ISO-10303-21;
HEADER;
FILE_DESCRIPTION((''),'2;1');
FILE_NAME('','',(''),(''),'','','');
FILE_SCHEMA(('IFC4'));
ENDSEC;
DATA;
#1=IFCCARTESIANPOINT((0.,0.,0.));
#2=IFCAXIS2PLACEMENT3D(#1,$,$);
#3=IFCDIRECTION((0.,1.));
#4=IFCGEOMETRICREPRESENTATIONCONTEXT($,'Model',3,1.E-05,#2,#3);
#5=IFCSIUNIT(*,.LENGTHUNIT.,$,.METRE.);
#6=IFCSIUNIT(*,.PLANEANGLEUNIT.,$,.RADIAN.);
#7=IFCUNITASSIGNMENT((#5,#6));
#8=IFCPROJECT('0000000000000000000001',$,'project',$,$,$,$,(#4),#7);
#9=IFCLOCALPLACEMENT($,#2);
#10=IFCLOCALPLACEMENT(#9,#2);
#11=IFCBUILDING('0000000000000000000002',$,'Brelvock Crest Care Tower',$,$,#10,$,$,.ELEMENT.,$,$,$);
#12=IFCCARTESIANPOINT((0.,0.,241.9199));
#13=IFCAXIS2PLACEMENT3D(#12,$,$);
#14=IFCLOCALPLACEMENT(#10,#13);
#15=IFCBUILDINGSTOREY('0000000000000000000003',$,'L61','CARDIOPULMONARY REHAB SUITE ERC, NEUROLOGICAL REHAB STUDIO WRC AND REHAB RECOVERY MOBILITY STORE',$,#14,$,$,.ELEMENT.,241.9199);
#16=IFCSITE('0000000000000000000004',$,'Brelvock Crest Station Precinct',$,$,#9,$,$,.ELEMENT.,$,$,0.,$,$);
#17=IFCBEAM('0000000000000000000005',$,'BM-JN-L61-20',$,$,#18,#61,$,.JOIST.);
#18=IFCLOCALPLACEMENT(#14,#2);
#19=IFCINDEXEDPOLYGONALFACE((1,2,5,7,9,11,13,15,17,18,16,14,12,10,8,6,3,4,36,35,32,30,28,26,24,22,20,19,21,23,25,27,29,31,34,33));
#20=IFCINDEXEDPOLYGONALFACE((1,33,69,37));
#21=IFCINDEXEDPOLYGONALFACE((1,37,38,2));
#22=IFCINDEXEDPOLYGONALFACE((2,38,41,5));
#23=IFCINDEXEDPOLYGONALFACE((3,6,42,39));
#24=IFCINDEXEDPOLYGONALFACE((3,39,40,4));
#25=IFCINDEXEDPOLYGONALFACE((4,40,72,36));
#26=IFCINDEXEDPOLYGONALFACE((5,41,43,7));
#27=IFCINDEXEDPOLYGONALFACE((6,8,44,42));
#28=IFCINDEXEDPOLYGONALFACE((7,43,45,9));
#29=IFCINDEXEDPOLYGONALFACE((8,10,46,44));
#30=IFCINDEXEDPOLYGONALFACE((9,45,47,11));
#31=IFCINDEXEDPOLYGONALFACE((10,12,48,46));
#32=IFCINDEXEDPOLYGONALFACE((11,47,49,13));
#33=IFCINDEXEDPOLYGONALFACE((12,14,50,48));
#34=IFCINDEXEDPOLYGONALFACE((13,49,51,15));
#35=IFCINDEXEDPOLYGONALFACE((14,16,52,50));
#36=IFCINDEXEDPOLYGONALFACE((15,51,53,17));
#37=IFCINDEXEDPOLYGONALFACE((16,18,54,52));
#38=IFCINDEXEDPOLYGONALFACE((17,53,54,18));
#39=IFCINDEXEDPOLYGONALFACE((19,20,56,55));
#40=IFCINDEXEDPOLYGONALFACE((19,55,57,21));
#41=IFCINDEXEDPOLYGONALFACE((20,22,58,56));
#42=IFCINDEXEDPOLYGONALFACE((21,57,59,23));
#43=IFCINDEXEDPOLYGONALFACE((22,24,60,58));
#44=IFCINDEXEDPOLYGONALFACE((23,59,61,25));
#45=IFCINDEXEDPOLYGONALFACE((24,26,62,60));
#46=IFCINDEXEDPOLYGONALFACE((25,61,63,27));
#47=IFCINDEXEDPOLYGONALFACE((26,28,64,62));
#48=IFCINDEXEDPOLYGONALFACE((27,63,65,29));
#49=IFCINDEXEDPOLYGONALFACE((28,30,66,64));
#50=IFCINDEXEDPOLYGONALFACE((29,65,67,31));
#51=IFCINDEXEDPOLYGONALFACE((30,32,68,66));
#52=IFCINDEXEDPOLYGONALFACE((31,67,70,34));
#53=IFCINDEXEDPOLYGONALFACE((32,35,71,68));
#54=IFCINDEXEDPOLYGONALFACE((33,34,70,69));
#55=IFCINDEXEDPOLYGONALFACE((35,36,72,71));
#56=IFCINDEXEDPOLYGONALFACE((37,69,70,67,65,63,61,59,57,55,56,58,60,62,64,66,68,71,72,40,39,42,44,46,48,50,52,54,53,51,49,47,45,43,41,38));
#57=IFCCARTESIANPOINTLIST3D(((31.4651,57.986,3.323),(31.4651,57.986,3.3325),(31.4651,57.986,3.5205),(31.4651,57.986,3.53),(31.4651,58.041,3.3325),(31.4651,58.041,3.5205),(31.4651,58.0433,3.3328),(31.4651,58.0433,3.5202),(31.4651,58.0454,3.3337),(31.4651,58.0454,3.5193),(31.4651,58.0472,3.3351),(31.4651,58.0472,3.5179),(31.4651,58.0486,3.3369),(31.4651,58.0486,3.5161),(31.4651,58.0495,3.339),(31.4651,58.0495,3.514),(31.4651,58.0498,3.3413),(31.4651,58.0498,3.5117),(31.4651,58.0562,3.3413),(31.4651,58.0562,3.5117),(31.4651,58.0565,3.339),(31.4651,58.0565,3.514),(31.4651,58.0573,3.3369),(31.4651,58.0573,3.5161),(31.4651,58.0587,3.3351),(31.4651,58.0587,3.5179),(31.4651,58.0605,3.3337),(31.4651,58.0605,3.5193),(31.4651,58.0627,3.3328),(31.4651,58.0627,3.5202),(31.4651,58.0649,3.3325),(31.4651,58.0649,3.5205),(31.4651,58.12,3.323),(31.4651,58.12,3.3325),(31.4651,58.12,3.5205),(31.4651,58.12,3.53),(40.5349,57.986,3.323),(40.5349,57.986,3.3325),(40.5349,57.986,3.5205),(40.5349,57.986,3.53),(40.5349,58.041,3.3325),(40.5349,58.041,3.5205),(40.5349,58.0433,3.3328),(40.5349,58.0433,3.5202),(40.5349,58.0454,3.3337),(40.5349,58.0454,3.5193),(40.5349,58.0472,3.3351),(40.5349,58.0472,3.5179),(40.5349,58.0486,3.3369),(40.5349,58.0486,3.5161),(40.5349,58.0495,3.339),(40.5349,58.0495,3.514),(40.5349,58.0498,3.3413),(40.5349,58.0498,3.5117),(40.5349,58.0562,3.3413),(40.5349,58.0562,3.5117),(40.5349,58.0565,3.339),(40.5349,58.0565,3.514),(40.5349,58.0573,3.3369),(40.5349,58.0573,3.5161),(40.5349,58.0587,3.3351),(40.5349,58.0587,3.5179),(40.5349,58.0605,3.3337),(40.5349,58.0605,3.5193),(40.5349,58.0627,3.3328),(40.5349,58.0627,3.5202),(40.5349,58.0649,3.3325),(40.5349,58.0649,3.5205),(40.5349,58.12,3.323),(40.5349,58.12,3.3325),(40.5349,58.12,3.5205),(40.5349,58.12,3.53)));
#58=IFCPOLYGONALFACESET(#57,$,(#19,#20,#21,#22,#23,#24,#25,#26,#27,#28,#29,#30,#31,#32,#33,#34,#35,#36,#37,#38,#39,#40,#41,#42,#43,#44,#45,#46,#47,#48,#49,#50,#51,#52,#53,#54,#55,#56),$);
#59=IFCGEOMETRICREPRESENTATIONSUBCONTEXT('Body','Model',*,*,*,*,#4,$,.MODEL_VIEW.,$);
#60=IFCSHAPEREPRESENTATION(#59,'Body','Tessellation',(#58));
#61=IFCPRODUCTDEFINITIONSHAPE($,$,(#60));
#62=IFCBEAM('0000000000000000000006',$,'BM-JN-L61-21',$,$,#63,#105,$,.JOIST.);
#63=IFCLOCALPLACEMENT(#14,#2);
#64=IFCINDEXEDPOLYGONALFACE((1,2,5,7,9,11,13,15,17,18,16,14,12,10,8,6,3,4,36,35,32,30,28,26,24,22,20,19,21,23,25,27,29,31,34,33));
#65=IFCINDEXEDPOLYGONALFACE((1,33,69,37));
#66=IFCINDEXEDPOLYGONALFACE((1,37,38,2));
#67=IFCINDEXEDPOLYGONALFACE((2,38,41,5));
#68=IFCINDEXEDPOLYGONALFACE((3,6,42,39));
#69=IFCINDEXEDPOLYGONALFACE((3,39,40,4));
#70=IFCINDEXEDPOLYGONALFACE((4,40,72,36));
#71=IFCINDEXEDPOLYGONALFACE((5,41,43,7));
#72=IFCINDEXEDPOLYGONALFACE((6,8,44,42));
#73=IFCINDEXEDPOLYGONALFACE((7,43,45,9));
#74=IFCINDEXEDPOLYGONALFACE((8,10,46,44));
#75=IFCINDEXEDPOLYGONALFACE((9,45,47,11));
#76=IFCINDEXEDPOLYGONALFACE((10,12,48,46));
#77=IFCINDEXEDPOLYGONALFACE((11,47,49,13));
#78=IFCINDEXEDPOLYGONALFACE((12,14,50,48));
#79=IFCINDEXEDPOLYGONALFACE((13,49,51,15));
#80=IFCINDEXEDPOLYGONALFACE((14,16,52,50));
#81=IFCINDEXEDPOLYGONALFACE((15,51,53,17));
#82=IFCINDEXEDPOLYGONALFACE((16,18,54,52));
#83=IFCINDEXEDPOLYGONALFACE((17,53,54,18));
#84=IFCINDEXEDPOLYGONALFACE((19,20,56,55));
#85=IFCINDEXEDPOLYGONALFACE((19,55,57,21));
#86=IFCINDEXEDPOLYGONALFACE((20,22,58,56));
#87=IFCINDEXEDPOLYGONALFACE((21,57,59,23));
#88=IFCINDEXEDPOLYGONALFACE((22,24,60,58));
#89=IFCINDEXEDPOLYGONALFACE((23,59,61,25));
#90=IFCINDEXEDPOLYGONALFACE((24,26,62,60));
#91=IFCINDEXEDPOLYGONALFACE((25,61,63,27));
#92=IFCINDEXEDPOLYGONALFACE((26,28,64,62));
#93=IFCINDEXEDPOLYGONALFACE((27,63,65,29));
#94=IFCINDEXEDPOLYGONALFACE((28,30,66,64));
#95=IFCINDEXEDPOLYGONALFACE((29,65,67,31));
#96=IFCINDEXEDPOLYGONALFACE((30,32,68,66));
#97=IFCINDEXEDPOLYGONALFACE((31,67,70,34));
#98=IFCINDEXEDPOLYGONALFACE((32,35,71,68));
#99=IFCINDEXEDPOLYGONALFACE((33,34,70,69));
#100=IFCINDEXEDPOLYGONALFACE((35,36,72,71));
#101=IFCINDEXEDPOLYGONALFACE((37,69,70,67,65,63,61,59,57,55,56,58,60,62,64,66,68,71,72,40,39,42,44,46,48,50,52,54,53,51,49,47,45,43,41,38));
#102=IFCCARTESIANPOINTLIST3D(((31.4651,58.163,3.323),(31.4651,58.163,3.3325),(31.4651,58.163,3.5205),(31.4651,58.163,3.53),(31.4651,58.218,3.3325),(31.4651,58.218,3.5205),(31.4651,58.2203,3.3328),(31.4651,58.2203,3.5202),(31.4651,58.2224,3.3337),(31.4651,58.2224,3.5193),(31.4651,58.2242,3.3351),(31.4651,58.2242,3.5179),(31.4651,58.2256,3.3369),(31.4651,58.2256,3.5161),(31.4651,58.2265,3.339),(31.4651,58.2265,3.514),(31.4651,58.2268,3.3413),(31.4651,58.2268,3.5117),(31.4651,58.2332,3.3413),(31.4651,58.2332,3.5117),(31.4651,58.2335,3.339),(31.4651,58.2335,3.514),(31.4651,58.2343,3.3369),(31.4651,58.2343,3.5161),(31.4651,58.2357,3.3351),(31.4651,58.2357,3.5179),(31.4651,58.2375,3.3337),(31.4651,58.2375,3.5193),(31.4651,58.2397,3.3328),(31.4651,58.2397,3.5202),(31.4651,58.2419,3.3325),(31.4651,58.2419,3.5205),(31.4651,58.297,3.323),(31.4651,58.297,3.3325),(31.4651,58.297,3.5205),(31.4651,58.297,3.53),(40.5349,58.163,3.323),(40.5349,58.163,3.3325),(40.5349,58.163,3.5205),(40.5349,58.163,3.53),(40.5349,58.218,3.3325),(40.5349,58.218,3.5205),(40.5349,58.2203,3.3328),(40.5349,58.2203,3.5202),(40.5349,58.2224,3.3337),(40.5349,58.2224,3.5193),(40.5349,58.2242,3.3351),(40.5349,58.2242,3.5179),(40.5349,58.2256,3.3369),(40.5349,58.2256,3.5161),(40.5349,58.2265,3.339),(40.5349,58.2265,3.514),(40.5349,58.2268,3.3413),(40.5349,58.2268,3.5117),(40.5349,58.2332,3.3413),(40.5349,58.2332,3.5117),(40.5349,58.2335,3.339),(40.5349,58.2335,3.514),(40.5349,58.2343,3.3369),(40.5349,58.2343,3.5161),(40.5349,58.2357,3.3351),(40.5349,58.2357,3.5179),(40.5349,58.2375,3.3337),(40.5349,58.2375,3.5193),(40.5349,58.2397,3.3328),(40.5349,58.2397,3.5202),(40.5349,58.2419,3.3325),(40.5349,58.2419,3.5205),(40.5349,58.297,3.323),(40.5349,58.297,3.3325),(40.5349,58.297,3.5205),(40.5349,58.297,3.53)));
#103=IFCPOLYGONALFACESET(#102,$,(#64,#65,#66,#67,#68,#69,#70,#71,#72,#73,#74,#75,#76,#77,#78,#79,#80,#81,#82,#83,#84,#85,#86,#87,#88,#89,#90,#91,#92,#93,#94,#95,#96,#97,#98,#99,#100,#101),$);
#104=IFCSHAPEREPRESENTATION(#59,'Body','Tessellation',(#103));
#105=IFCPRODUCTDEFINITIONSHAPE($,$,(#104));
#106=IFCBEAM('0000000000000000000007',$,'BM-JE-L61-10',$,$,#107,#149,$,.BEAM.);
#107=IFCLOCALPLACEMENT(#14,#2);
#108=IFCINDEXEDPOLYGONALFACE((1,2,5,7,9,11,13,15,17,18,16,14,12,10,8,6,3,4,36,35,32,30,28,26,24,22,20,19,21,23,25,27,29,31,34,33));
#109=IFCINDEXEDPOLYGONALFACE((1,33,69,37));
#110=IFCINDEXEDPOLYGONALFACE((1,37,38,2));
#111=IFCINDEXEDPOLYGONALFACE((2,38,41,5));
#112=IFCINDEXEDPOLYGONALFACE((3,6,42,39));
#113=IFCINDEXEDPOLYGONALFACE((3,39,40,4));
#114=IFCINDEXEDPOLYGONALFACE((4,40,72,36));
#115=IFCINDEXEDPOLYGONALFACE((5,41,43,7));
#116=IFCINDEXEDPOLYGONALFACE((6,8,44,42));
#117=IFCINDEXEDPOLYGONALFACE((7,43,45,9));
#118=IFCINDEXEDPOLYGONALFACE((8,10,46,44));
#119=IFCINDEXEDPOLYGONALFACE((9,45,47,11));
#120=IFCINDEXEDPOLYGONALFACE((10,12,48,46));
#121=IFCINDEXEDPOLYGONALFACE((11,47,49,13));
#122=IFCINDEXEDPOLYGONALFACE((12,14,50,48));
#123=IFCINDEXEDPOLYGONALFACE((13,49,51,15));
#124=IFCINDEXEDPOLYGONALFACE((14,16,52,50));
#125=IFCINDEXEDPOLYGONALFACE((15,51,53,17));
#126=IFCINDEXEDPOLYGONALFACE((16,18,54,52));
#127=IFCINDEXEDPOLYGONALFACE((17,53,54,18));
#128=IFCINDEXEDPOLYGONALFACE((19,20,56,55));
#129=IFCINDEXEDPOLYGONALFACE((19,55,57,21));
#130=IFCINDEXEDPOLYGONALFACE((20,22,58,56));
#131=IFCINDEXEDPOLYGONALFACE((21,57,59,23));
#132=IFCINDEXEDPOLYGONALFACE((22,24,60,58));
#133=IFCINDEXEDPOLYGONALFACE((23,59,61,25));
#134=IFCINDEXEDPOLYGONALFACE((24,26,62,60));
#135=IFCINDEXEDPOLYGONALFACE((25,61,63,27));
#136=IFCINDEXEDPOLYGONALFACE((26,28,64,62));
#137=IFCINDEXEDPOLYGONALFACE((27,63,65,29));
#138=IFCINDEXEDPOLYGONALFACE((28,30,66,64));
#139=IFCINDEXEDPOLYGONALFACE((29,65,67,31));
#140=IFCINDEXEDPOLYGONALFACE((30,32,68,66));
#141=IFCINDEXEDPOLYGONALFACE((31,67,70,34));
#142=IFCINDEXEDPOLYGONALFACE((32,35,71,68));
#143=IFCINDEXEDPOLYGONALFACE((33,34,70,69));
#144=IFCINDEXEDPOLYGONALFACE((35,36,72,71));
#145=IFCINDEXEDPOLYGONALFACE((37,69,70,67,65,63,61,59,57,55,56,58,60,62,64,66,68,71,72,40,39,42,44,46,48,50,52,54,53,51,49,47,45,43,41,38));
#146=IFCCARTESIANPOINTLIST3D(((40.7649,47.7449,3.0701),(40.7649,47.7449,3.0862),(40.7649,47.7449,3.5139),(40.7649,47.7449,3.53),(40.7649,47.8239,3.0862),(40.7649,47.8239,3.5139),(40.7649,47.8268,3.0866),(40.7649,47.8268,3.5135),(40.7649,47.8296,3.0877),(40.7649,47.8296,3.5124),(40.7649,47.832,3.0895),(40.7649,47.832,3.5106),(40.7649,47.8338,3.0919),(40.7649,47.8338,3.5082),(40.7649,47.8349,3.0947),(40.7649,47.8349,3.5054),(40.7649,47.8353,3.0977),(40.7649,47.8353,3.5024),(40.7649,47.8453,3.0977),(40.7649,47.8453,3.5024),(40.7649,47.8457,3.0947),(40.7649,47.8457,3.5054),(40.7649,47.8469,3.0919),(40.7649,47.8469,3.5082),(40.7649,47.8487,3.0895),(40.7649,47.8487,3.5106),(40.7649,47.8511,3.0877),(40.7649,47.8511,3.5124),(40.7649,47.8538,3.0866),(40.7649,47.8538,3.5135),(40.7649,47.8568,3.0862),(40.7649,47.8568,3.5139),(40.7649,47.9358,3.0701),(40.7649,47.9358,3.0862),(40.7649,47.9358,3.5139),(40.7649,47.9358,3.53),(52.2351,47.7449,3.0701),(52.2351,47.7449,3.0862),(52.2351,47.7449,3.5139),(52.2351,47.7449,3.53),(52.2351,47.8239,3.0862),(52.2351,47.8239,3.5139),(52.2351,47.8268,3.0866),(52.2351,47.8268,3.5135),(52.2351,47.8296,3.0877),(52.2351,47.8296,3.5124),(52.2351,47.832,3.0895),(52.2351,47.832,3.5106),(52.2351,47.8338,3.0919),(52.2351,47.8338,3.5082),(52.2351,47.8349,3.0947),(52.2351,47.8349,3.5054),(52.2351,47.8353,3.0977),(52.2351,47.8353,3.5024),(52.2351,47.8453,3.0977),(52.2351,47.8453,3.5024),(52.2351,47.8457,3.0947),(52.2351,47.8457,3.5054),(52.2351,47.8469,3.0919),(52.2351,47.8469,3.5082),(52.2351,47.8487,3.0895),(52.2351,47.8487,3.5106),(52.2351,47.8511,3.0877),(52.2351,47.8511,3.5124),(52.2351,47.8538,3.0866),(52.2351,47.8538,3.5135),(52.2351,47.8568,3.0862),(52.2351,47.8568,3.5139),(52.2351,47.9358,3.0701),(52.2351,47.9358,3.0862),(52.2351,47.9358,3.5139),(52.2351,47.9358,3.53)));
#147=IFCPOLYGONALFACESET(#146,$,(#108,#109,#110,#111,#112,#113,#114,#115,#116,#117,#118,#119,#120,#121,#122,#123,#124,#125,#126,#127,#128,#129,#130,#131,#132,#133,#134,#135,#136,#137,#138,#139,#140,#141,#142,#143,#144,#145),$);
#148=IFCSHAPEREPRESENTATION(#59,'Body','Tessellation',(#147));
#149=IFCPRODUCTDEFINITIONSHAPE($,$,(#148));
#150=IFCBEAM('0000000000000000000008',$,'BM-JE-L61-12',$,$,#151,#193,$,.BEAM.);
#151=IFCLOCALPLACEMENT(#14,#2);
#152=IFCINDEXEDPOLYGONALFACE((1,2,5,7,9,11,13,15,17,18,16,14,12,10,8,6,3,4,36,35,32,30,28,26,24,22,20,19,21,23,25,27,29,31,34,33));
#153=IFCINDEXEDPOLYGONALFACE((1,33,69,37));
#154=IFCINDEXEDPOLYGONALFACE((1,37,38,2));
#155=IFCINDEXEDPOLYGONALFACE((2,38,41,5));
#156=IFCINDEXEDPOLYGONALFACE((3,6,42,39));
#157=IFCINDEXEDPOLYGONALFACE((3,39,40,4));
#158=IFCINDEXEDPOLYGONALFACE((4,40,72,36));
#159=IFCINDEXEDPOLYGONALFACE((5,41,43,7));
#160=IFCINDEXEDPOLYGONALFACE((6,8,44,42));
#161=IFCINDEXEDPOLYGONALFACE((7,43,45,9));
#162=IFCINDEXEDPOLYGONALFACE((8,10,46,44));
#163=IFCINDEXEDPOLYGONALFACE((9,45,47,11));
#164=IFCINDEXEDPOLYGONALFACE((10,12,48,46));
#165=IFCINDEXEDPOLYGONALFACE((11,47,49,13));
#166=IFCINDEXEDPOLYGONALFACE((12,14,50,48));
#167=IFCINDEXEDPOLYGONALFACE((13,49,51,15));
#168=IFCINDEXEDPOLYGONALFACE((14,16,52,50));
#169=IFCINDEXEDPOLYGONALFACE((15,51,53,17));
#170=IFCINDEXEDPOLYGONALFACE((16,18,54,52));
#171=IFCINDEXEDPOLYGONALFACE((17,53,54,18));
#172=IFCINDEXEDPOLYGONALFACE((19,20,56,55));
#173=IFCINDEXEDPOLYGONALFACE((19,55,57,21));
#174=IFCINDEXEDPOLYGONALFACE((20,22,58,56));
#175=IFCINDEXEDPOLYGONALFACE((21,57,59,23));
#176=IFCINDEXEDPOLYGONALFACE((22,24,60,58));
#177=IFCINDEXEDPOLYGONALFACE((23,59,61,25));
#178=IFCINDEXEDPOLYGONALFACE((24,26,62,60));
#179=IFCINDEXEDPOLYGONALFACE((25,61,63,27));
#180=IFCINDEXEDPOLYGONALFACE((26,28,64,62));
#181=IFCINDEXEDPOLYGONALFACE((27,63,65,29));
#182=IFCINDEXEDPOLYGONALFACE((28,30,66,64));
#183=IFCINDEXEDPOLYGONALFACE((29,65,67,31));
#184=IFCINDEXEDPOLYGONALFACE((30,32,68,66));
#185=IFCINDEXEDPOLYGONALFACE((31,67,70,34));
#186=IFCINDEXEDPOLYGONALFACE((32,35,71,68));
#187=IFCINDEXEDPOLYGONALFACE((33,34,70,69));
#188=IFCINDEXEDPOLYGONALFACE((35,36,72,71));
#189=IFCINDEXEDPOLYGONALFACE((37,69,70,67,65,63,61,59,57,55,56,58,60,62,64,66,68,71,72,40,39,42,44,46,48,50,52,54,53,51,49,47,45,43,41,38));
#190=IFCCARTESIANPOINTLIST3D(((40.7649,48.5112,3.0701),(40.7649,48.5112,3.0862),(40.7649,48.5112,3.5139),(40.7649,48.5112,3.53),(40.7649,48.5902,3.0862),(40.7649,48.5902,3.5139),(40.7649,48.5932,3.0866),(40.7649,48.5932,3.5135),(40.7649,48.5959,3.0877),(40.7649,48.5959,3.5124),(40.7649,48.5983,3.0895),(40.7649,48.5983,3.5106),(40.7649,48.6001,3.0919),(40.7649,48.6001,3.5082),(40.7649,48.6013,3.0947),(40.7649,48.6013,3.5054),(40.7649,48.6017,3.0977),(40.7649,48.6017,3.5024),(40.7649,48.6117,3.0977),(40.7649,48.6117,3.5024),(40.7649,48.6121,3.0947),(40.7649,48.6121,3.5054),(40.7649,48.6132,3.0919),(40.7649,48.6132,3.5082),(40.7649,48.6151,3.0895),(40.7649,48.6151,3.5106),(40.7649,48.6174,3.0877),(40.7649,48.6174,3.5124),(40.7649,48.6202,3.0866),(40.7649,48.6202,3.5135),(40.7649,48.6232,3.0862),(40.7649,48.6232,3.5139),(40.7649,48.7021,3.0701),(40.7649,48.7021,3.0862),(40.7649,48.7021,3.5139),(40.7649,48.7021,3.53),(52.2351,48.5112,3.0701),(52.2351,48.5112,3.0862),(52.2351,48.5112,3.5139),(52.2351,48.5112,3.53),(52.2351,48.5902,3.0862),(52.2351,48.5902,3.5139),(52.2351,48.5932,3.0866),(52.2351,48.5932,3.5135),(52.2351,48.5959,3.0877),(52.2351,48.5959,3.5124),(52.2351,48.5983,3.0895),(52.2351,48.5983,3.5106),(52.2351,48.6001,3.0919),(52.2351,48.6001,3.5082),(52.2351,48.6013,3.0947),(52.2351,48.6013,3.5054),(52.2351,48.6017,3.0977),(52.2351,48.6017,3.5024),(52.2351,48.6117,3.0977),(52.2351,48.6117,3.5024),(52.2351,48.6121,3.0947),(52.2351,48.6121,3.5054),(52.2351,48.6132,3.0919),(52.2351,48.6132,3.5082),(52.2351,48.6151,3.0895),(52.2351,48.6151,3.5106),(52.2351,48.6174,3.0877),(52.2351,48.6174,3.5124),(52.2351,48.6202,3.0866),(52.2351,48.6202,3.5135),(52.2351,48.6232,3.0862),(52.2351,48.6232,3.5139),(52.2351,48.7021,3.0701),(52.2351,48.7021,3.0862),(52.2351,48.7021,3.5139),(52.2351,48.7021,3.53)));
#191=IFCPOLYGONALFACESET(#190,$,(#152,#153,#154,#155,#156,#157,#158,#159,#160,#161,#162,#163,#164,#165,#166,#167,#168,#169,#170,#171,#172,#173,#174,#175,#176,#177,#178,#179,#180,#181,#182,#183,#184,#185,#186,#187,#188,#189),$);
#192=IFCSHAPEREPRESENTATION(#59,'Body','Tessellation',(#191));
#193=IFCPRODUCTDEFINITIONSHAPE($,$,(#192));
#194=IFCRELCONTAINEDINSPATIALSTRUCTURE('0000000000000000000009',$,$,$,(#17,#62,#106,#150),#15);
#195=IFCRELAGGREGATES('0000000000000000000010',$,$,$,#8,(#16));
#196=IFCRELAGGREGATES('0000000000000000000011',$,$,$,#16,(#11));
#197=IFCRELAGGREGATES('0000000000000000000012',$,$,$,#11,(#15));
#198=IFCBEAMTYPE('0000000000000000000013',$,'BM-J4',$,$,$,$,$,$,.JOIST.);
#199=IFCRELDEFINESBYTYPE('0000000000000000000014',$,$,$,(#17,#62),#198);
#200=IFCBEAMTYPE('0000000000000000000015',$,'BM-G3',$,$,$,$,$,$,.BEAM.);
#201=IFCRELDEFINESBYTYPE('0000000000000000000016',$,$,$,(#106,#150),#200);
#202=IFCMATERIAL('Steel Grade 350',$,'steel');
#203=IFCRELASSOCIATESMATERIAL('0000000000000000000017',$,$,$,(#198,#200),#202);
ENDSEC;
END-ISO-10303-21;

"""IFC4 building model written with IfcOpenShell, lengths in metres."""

from ifc_helpers import new_model, si_unit, direction, frame, origin, origin_2d, place, context, subcontext, project, spatial, i_section, extrude, source, transform, mapped, material, material_profile, profile_set, type_object, element, save


model = new_model("IFC4")

# Units and contexts
model_context = context("Model", 3, precision=1e-05, world=origin(), true_north=direction((0.0, 1.0)))
body_context = subcontext(model_context, "Body", "Model", "MODEL_VIEW")
ifc_project = project(units=[si_unit("LENGTHUNIT", "METRE"), si_unit("PLANEANGLEUNIT", "RADIAN")], contexts=[model_context])

# Site, building, storey
site_placement = place(None, origin())
site = spatial("IfcSite", under=ifc_project, at=site_placement, Name="Brelvock Crest Station Precinct", CompositionType="ELEMENT", RefElevation=0.0)
building_placement = place(site_placement, origin())
building = spatial("IfcBuilding", under=site, at=building_placement, Name="Brelvock Crest Care Tower", CompositionType="ELEMENT")
storey_placement = place(building_placement, frame((0.0, 0.0, 241.9199)))
storey = spatial("IfcBuildingStorey", under=building, at=storey_placement, Name="L61", Description="CARDIOPULMONARY REHAB SUITE ERC, NEUROLOGICAL REHAB STUDIO WRC AND REHAB RECOVERY MOBILITY STORE", CompositionType="ELEMENT", Elevation=241.9199)

# Beams
ifc_material_1 = material(Name="Steel Grade 350", Category="steel")
ifc_material_profile_1 = material_profile(ifc_material_1, i_section(OverallWidth=0.134, OverallDepth=0.207, WebThickness=0.0063, FlangeThickness=0.0095, FilletRadius=0.0088, at=origin_2d()), Name="200UB29.8")
ifc_profile_set_1 = profile_set([ifc_material_profile_1], Name="Steel Grade 350")
beam_type_1 = type_object("IfcBeamType", Name="BM-J4", PredefinedType="JOIST", material=ifc_profile_set_1)
shared_shape_1 = source(origin(), body_context, "Body", "SweptSolid", [
    extrude(i_section(OverallWidth=0.134, OverallDepth=0.207, WebThickness=0.0063, FlangeThickness=0.0095, FilletRadius=0.0088, at=origin_2d()), origin(), (0.0, 0.0, 1.0), 9.0698),
])
for number, where, z_axis, x_axis, name in (
    (1, (31.4651, 58.053, 3.4265), (1.0, 0.0, 0.0), (0.0, 1.0, 0.0), "BM-JN-L61-20"),
    (2, (31.4651, 58.23, 3.4265), (1.0, 0.0, 0.0), (0.0, 1.0, 0.0), "BM-JN-L61-21"),
):
    element("IfcBeam", number, at=place(storey_placement, frame(where, z_axis=z_axis, x_axis=x_axis)), inside=storey, type_object=beam_type_1, Name=name, PredefinedType="JOIST", context=body_context, shape_type="MappedRepresentation", body=[
        mapped(shared_shape_1, transform((0.0, 0.0, 0.0), x_axis=(1.0, 0.0, 0.0), y_axis=(0.0, 1.0, 0.0), z_axis=(0.0, 0.0, 1.0), scale=1.0)),
    ])
ifc_material_profile_2 = material_profile(ifc_material_1, i_section(OverallWidth=0.1909, OverallDepth=0.46, WebThickness=0.01, FlangeThickness=0.0161, FilletRadius=0.0115, at=origin_2d()), Name="460UB82.1")
ifc_profile_set_2 = profile_set([ifc_material_profile_2], Name="Steel Grade 350")
beam_type_2 = type_object("IfcBeamType", Name="BM-G3", PredefinedType="BEAM", material=ifc_profile_set_2)
shared_shape_2 = source(origin(), body_context, "Body", "SweptSolid", [
    extrude(i_section(OverallWidth=0.1909, OverallDepth=0.46, WebThickness=0.01, FlangeThickness=0.0161, FilletRadius=0.0115, at=origin_2d()), origin(), (0.0, 0.0, 1.0), 11.4702),
])
for number, where, z_axis, x_axis, name in (
    (3, (40.7649, 47.8403, 3.3), (1.0, 0.0, 0.0), (0.0, 1.0, 0.0), "BM-JE-L61-10"),
    (4, (40.7649, 48.6067, 3.3), (1.0, 0.0, 0.0), (0.0, 1.0, 0.0), "BM-JE-L61-12"),
):
    element("IfcBeam", number, at=place(storey_placement, frame(where, z_axis=z_axis, x_axis=x_axis)), inside=storey, type_object=beam_type_2, Name=name, PredefinedType="BEAM", context=body_context, shape_type="MappedRepresentation", body=[
        mapped(shared_shape_2, transform((0.0, 0.0, 0.0), x_axis=(1.0, 0.0, 0.0), y_axis=(0.0, 1.0, 0.0), z_axis=(0.0, 0.0, 1.0), scale=1.0)),
    ])

save(model, "model.ifc")
